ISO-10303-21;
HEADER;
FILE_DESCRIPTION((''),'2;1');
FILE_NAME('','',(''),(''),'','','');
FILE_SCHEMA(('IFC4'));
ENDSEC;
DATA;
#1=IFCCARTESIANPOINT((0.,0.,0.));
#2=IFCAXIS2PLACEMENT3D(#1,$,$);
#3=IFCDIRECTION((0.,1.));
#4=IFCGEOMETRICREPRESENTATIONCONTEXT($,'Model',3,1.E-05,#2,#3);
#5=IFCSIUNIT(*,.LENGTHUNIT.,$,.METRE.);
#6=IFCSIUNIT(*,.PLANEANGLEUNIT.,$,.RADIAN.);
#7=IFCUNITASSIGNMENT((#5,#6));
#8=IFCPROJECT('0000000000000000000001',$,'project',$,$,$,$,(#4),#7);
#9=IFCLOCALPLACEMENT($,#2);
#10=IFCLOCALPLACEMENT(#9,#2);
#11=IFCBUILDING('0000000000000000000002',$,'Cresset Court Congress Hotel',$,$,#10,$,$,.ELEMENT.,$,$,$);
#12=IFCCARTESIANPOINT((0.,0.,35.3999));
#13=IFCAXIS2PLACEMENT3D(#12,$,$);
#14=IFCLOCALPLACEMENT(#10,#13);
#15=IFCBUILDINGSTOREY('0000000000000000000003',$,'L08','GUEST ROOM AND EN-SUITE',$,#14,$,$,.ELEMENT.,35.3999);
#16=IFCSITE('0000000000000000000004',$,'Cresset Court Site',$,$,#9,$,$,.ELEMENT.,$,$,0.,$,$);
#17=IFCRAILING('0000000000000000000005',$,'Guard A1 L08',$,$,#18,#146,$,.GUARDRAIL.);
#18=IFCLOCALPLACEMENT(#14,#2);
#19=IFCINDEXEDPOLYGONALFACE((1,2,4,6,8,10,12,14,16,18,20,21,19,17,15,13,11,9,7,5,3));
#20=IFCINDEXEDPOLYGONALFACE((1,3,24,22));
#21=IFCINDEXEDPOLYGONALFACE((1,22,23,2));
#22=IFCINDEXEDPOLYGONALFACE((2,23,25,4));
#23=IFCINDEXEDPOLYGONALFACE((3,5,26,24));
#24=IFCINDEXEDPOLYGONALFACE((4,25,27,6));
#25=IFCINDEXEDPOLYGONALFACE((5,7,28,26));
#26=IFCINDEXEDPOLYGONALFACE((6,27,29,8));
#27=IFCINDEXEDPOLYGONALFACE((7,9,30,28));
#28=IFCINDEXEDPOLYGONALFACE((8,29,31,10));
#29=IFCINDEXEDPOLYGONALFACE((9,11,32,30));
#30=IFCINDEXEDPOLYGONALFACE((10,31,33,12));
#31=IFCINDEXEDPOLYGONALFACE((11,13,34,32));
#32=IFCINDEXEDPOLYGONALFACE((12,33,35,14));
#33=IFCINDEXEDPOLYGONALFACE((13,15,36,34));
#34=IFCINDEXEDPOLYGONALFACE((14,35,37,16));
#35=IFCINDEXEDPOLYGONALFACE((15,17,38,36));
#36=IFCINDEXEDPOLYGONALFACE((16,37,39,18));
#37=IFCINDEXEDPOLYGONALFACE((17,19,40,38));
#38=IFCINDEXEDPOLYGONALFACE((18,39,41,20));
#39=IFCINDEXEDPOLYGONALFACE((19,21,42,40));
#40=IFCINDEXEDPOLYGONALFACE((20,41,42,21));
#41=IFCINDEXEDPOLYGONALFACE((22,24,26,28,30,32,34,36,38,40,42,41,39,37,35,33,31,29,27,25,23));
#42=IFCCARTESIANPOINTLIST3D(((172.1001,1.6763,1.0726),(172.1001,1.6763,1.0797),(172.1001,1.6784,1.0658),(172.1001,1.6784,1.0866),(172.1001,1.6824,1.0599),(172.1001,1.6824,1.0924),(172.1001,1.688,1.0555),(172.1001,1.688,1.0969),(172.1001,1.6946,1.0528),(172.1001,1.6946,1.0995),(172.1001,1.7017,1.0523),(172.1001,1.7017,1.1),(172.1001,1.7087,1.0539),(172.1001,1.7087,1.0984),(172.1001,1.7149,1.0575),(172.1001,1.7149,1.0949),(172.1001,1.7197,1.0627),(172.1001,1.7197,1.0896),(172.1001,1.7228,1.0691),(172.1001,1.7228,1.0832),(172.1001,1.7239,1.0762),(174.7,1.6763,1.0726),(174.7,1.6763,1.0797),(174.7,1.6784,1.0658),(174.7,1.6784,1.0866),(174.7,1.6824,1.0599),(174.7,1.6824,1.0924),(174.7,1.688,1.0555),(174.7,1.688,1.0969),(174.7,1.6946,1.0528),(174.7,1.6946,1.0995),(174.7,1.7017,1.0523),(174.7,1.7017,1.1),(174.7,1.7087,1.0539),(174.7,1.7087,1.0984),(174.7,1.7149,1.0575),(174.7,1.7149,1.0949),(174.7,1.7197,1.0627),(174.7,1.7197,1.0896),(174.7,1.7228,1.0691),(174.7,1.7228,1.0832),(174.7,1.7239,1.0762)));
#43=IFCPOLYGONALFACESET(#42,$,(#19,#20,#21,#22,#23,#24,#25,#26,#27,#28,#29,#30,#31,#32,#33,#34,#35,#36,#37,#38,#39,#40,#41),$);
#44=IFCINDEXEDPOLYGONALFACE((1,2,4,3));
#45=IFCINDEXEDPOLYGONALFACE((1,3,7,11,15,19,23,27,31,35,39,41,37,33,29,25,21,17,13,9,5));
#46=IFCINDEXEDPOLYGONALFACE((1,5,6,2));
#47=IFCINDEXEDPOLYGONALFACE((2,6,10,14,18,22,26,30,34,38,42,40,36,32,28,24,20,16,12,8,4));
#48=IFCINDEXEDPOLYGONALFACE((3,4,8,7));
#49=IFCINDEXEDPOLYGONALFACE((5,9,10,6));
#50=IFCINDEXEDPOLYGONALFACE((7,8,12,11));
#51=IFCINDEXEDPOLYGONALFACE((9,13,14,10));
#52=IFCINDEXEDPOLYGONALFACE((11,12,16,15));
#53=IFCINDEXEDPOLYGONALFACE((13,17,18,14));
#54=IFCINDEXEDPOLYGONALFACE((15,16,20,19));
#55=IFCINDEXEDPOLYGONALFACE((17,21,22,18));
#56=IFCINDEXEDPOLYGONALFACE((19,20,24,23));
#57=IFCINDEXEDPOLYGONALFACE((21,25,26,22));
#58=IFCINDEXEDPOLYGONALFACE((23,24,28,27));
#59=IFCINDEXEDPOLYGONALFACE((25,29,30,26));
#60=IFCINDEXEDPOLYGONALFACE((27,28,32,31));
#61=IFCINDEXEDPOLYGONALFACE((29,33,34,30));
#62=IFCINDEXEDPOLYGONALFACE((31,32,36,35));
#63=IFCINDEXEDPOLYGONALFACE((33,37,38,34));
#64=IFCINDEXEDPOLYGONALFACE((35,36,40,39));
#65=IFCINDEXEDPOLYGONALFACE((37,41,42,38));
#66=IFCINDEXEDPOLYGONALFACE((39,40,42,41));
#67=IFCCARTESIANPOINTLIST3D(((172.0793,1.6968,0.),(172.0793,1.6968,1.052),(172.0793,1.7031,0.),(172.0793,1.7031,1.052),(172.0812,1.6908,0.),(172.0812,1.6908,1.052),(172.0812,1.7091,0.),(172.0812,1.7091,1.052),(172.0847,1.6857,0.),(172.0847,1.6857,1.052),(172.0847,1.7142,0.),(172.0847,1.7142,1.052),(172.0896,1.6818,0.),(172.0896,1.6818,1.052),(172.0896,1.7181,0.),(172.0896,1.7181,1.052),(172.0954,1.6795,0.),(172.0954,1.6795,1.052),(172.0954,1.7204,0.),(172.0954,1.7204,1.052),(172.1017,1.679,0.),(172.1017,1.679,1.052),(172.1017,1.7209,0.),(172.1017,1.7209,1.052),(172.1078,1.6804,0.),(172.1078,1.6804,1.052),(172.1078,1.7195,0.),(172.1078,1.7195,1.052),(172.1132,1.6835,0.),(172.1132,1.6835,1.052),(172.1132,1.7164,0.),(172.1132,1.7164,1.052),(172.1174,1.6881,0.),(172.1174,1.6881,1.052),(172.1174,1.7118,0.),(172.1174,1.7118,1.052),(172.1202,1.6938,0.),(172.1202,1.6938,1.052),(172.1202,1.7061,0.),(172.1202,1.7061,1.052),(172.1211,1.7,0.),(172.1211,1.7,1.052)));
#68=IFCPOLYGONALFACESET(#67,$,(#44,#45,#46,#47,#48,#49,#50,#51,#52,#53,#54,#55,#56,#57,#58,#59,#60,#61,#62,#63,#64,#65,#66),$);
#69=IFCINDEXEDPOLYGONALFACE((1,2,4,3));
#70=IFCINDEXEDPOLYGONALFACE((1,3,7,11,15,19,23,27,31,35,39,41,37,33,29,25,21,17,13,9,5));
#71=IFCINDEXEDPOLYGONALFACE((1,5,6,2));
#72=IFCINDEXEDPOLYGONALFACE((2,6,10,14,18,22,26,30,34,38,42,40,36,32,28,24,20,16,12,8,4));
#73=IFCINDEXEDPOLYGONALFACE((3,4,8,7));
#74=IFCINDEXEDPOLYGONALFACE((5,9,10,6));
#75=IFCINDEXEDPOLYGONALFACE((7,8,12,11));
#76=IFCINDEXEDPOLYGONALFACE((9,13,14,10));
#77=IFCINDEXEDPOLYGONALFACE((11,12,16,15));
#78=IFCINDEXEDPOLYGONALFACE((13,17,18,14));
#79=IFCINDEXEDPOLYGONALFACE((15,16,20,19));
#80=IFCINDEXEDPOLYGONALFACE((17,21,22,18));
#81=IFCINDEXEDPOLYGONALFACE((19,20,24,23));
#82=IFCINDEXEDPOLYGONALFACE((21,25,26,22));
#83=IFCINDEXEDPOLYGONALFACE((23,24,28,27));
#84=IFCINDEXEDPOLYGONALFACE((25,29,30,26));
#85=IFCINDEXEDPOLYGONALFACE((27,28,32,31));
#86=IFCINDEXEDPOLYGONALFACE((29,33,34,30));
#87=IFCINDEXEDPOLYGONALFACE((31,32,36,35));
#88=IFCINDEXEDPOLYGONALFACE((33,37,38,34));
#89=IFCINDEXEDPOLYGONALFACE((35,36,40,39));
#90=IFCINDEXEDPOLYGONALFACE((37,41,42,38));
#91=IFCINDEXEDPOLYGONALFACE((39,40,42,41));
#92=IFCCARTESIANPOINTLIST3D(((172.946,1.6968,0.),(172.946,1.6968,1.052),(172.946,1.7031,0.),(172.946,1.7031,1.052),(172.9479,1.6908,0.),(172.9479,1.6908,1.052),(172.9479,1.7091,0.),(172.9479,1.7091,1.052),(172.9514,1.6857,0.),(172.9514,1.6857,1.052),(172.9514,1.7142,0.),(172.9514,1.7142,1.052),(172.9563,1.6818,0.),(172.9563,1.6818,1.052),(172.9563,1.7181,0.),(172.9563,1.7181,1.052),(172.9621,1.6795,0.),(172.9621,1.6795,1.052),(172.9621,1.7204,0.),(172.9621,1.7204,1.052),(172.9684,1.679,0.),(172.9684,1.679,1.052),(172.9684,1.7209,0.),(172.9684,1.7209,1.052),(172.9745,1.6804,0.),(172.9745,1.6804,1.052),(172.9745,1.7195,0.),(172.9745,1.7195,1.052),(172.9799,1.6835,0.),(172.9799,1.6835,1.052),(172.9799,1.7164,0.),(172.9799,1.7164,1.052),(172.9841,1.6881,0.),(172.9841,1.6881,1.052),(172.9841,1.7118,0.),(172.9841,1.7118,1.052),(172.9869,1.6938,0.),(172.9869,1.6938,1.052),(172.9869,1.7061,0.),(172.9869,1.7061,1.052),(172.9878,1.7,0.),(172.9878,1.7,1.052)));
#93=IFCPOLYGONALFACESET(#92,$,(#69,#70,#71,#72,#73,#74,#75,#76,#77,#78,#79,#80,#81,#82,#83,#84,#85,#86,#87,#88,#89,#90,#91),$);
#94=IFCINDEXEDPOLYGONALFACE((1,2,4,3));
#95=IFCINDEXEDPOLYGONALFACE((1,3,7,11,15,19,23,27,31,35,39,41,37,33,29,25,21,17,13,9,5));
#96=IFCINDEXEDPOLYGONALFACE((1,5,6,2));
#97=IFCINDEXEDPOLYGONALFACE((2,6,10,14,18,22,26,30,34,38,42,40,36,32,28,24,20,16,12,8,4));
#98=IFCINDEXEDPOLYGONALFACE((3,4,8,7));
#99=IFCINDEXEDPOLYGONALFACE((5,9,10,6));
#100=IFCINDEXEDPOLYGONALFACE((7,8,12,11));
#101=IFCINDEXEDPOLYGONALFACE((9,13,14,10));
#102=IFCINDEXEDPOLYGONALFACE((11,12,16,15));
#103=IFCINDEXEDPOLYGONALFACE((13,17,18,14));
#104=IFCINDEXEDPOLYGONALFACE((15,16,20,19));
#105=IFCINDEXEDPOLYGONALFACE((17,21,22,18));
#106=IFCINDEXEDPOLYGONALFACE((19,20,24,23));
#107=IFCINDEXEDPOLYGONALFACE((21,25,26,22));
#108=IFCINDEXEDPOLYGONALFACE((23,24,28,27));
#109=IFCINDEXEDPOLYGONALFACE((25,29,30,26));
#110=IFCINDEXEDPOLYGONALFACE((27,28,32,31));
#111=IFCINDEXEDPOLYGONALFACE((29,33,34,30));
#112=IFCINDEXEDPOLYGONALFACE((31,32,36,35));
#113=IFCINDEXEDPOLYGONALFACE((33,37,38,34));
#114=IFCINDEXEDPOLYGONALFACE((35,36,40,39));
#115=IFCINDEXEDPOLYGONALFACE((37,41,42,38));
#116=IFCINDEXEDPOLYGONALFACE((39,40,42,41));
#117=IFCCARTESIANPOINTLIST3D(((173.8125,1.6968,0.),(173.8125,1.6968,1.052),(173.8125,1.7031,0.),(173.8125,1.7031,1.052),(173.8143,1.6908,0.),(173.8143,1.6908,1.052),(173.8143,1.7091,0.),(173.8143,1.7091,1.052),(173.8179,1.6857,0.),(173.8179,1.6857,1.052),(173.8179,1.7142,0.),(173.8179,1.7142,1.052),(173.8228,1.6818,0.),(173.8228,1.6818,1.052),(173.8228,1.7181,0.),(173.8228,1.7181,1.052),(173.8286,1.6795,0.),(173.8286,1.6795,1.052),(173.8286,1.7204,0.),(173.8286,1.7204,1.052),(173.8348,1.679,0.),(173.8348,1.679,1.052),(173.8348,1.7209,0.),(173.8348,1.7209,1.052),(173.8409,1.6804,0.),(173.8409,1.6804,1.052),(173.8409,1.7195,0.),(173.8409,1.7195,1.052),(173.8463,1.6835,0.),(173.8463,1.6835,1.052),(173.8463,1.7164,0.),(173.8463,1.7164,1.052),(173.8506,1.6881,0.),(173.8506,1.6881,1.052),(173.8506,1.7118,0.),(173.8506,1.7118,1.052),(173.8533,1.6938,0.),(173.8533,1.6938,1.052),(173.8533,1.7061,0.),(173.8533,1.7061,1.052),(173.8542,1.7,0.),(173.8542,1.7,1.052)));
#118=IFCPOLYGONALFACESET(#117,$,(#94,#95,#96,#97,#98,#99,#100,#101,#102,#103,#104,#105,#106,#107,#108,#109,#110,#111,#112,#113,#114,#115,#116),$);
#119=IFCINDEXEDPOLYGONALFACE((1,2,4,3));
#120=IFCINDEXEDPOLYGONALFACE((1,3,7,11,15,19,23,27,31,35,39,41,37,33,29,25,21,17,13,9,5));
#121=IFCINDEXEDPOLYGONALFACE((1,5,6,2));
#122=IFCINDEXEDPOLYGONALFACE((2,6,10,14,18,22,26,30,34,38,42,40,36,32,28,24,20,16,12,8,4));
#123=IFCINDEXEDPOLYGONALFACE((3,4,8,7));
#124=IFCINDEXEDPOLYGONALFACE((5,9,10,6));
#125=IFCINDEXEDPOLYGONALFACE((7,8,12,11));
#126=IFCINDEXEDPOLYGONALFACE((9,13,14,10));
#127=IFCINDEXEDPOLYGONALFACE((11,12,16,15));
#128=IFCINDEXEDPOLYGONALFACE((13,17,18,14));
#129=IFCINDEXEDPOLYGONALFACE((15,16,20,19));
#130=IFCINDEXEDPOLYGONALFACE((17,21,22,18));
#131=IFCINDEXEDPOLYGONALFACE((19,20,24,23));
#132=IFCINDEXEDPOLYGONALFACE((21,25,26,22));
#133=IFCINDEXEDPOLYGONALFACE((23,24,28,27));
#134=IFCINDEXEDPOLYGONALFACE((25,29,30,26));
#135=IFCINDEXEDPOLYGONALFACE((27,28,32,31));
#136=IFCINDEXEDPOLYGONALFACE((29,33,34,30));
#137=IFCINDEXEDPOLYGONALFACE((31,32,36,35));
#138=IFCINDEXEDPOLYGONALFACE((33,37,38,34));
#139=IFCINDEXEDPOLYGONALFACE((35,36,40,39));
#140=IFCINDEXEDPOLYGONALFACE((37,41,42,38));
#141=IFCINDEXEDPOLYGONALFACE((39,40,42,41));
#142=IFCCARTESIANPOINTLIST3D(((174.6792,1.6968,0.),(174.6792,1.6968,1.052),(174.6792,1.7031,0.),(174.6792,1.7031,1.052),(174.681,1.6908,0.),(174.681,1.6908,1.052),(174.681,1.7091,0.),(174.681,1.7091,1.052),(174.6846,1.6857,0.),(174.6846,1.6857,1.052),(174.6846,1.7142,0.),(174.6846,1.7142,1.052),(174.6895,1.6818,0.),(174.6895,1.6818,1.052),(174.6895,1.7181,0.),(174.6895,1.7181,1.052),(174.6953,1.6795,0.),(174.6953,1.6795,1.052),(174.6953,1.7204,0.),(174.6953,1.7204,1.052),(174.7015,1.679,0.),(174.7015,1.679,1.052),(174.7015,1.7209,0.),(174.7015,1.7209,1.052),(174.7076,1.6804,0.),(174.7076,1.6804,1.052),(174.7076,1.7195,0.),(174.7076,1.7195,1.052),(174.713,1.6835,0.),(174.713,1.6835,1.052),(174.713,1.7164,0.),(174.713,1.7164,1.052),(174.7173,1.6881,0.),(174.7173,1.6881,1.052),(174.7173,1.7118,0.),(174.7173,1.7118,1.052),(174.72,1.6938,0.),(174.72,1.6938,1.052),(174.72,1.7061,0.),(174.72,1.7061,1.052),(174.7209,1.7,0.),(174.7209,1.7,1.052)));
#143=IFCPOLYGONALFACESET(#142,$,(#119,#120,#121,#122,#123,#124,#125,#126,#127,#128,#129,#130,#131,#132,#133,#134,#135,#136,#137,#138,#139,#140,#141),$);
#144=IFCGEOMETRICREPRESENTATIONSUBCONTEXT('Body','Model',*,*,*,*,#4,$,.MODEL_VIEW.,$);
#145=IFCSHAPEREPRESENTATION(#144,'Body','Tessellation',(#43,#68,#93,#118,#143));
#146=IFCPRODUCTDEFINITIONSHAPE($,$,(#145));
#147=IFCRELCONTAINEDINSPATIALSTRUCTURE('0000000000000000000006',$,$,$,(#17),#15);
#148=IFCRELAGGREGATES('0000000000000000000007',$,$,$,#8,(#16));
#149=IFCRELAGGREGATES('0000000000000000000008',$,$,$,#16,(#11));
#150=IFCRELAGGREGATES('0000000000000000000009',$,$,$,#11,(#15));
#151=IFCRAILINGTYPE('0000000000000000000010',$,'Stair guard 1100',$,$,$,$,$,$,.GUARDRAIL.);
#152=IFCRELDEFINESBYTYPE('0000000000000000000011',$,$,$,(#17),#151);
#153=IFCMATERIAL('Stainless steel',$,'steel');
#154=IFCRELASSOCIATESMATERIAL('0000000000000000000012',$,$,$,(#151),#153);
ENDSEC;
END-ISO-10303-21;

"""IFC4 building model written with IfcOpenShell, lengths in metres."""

from ifc_helpers import new_model, si_unit, direction, frame, origin, origin_2d, place, context, subcontext, project, spatial, circle, extrude, material, type_object, element, save


model = new_model("IFC4")

# Units and contexts
model_context = context("Model", 3, precision=1e-05, world=origin(), true_north=direction((0.0, 1.0)))
body_context = subcontext(model_context, "Body", "Model", "MODEL_VIEW")
ifc_project = project(units=[si_unit("LENGTHUNIT", "METRE"), si_unit("PLANEANGLEUNIT", "RADIAN")], contexts=[model_context])

# Site, building, storey
site_placement = place(None, origin())
site = spatial("IfcSite", under=ifc_project, at=site_placement, Name="Cresset Court Site", CompositionType="ELEMENT", RefElevation=0.0)
building_placement = place(site_placement, origin())
building = spatial("IfcBuilding", under=site, at=building_placement, Name="Cresset Court Congress Hotel", CompositionType="ELEMENT")
storey_placement = place(building_placement, frame((0.0, 0.0, 35.3999)))
storey = spatial("IfcBuildingStorey", under=building, at=storey_placement, Name="L08", Description="GUEST ROOM AND EN-SUITE", CompositionType="ELEMENT", Elevation=35.3999)

# Railing
ifc_material_1 = material(Name="Stainless steel", Category="steel")
railing_type_1 = type_object("IfcRailingType", Name="Stair guard 1100", PredefinedType="GUARDRAIL", material=ifc_material_1)
railing_1_placement = place(storey_placement, frame((172.1001, 1.7, 0.0)))
element("IfcRailing", 1, at=railing_1_placement, inside=storey, type_object=railing_type_1, Name="Guard A1 L08", PredefinedType="GUARDRAIL", context=body_context, shape_type="SweptSolid", body=[
    extrude(circle(Radius=0.0239, at=origin_2d()), frame((0.0, 0.0, 1.0762), z_axis=(1.0, 0.0, 0.0), x_axis=(0.0, 1.0, 0.0)), (0.0, 0.0, 1.0), 2.5999),
    extrude(circle(Radius=0.021, at=origin_2d()), origin(), (0.0, 0.0, 1.0), 1.052),
    extrude(circle(Radius=0.021, at=origin_2d()), frame((0.8667, 0.0, 0.0)), (0.0, 0.0, 1.0), 1.052),
    extrude(circle(Radius=0.021, at=origin_2d()), frame((1.7332, 0.0, 0.0)), (0.0, 0.0, 1.0), 1.052),
    extrude(circle(Radius=0.021, at=origin_2d()), frame((2.5999, 0.0, 0.0)), (0.0, 0.0, 1.0), 1.052),
])

save(model, "model.ifc")
